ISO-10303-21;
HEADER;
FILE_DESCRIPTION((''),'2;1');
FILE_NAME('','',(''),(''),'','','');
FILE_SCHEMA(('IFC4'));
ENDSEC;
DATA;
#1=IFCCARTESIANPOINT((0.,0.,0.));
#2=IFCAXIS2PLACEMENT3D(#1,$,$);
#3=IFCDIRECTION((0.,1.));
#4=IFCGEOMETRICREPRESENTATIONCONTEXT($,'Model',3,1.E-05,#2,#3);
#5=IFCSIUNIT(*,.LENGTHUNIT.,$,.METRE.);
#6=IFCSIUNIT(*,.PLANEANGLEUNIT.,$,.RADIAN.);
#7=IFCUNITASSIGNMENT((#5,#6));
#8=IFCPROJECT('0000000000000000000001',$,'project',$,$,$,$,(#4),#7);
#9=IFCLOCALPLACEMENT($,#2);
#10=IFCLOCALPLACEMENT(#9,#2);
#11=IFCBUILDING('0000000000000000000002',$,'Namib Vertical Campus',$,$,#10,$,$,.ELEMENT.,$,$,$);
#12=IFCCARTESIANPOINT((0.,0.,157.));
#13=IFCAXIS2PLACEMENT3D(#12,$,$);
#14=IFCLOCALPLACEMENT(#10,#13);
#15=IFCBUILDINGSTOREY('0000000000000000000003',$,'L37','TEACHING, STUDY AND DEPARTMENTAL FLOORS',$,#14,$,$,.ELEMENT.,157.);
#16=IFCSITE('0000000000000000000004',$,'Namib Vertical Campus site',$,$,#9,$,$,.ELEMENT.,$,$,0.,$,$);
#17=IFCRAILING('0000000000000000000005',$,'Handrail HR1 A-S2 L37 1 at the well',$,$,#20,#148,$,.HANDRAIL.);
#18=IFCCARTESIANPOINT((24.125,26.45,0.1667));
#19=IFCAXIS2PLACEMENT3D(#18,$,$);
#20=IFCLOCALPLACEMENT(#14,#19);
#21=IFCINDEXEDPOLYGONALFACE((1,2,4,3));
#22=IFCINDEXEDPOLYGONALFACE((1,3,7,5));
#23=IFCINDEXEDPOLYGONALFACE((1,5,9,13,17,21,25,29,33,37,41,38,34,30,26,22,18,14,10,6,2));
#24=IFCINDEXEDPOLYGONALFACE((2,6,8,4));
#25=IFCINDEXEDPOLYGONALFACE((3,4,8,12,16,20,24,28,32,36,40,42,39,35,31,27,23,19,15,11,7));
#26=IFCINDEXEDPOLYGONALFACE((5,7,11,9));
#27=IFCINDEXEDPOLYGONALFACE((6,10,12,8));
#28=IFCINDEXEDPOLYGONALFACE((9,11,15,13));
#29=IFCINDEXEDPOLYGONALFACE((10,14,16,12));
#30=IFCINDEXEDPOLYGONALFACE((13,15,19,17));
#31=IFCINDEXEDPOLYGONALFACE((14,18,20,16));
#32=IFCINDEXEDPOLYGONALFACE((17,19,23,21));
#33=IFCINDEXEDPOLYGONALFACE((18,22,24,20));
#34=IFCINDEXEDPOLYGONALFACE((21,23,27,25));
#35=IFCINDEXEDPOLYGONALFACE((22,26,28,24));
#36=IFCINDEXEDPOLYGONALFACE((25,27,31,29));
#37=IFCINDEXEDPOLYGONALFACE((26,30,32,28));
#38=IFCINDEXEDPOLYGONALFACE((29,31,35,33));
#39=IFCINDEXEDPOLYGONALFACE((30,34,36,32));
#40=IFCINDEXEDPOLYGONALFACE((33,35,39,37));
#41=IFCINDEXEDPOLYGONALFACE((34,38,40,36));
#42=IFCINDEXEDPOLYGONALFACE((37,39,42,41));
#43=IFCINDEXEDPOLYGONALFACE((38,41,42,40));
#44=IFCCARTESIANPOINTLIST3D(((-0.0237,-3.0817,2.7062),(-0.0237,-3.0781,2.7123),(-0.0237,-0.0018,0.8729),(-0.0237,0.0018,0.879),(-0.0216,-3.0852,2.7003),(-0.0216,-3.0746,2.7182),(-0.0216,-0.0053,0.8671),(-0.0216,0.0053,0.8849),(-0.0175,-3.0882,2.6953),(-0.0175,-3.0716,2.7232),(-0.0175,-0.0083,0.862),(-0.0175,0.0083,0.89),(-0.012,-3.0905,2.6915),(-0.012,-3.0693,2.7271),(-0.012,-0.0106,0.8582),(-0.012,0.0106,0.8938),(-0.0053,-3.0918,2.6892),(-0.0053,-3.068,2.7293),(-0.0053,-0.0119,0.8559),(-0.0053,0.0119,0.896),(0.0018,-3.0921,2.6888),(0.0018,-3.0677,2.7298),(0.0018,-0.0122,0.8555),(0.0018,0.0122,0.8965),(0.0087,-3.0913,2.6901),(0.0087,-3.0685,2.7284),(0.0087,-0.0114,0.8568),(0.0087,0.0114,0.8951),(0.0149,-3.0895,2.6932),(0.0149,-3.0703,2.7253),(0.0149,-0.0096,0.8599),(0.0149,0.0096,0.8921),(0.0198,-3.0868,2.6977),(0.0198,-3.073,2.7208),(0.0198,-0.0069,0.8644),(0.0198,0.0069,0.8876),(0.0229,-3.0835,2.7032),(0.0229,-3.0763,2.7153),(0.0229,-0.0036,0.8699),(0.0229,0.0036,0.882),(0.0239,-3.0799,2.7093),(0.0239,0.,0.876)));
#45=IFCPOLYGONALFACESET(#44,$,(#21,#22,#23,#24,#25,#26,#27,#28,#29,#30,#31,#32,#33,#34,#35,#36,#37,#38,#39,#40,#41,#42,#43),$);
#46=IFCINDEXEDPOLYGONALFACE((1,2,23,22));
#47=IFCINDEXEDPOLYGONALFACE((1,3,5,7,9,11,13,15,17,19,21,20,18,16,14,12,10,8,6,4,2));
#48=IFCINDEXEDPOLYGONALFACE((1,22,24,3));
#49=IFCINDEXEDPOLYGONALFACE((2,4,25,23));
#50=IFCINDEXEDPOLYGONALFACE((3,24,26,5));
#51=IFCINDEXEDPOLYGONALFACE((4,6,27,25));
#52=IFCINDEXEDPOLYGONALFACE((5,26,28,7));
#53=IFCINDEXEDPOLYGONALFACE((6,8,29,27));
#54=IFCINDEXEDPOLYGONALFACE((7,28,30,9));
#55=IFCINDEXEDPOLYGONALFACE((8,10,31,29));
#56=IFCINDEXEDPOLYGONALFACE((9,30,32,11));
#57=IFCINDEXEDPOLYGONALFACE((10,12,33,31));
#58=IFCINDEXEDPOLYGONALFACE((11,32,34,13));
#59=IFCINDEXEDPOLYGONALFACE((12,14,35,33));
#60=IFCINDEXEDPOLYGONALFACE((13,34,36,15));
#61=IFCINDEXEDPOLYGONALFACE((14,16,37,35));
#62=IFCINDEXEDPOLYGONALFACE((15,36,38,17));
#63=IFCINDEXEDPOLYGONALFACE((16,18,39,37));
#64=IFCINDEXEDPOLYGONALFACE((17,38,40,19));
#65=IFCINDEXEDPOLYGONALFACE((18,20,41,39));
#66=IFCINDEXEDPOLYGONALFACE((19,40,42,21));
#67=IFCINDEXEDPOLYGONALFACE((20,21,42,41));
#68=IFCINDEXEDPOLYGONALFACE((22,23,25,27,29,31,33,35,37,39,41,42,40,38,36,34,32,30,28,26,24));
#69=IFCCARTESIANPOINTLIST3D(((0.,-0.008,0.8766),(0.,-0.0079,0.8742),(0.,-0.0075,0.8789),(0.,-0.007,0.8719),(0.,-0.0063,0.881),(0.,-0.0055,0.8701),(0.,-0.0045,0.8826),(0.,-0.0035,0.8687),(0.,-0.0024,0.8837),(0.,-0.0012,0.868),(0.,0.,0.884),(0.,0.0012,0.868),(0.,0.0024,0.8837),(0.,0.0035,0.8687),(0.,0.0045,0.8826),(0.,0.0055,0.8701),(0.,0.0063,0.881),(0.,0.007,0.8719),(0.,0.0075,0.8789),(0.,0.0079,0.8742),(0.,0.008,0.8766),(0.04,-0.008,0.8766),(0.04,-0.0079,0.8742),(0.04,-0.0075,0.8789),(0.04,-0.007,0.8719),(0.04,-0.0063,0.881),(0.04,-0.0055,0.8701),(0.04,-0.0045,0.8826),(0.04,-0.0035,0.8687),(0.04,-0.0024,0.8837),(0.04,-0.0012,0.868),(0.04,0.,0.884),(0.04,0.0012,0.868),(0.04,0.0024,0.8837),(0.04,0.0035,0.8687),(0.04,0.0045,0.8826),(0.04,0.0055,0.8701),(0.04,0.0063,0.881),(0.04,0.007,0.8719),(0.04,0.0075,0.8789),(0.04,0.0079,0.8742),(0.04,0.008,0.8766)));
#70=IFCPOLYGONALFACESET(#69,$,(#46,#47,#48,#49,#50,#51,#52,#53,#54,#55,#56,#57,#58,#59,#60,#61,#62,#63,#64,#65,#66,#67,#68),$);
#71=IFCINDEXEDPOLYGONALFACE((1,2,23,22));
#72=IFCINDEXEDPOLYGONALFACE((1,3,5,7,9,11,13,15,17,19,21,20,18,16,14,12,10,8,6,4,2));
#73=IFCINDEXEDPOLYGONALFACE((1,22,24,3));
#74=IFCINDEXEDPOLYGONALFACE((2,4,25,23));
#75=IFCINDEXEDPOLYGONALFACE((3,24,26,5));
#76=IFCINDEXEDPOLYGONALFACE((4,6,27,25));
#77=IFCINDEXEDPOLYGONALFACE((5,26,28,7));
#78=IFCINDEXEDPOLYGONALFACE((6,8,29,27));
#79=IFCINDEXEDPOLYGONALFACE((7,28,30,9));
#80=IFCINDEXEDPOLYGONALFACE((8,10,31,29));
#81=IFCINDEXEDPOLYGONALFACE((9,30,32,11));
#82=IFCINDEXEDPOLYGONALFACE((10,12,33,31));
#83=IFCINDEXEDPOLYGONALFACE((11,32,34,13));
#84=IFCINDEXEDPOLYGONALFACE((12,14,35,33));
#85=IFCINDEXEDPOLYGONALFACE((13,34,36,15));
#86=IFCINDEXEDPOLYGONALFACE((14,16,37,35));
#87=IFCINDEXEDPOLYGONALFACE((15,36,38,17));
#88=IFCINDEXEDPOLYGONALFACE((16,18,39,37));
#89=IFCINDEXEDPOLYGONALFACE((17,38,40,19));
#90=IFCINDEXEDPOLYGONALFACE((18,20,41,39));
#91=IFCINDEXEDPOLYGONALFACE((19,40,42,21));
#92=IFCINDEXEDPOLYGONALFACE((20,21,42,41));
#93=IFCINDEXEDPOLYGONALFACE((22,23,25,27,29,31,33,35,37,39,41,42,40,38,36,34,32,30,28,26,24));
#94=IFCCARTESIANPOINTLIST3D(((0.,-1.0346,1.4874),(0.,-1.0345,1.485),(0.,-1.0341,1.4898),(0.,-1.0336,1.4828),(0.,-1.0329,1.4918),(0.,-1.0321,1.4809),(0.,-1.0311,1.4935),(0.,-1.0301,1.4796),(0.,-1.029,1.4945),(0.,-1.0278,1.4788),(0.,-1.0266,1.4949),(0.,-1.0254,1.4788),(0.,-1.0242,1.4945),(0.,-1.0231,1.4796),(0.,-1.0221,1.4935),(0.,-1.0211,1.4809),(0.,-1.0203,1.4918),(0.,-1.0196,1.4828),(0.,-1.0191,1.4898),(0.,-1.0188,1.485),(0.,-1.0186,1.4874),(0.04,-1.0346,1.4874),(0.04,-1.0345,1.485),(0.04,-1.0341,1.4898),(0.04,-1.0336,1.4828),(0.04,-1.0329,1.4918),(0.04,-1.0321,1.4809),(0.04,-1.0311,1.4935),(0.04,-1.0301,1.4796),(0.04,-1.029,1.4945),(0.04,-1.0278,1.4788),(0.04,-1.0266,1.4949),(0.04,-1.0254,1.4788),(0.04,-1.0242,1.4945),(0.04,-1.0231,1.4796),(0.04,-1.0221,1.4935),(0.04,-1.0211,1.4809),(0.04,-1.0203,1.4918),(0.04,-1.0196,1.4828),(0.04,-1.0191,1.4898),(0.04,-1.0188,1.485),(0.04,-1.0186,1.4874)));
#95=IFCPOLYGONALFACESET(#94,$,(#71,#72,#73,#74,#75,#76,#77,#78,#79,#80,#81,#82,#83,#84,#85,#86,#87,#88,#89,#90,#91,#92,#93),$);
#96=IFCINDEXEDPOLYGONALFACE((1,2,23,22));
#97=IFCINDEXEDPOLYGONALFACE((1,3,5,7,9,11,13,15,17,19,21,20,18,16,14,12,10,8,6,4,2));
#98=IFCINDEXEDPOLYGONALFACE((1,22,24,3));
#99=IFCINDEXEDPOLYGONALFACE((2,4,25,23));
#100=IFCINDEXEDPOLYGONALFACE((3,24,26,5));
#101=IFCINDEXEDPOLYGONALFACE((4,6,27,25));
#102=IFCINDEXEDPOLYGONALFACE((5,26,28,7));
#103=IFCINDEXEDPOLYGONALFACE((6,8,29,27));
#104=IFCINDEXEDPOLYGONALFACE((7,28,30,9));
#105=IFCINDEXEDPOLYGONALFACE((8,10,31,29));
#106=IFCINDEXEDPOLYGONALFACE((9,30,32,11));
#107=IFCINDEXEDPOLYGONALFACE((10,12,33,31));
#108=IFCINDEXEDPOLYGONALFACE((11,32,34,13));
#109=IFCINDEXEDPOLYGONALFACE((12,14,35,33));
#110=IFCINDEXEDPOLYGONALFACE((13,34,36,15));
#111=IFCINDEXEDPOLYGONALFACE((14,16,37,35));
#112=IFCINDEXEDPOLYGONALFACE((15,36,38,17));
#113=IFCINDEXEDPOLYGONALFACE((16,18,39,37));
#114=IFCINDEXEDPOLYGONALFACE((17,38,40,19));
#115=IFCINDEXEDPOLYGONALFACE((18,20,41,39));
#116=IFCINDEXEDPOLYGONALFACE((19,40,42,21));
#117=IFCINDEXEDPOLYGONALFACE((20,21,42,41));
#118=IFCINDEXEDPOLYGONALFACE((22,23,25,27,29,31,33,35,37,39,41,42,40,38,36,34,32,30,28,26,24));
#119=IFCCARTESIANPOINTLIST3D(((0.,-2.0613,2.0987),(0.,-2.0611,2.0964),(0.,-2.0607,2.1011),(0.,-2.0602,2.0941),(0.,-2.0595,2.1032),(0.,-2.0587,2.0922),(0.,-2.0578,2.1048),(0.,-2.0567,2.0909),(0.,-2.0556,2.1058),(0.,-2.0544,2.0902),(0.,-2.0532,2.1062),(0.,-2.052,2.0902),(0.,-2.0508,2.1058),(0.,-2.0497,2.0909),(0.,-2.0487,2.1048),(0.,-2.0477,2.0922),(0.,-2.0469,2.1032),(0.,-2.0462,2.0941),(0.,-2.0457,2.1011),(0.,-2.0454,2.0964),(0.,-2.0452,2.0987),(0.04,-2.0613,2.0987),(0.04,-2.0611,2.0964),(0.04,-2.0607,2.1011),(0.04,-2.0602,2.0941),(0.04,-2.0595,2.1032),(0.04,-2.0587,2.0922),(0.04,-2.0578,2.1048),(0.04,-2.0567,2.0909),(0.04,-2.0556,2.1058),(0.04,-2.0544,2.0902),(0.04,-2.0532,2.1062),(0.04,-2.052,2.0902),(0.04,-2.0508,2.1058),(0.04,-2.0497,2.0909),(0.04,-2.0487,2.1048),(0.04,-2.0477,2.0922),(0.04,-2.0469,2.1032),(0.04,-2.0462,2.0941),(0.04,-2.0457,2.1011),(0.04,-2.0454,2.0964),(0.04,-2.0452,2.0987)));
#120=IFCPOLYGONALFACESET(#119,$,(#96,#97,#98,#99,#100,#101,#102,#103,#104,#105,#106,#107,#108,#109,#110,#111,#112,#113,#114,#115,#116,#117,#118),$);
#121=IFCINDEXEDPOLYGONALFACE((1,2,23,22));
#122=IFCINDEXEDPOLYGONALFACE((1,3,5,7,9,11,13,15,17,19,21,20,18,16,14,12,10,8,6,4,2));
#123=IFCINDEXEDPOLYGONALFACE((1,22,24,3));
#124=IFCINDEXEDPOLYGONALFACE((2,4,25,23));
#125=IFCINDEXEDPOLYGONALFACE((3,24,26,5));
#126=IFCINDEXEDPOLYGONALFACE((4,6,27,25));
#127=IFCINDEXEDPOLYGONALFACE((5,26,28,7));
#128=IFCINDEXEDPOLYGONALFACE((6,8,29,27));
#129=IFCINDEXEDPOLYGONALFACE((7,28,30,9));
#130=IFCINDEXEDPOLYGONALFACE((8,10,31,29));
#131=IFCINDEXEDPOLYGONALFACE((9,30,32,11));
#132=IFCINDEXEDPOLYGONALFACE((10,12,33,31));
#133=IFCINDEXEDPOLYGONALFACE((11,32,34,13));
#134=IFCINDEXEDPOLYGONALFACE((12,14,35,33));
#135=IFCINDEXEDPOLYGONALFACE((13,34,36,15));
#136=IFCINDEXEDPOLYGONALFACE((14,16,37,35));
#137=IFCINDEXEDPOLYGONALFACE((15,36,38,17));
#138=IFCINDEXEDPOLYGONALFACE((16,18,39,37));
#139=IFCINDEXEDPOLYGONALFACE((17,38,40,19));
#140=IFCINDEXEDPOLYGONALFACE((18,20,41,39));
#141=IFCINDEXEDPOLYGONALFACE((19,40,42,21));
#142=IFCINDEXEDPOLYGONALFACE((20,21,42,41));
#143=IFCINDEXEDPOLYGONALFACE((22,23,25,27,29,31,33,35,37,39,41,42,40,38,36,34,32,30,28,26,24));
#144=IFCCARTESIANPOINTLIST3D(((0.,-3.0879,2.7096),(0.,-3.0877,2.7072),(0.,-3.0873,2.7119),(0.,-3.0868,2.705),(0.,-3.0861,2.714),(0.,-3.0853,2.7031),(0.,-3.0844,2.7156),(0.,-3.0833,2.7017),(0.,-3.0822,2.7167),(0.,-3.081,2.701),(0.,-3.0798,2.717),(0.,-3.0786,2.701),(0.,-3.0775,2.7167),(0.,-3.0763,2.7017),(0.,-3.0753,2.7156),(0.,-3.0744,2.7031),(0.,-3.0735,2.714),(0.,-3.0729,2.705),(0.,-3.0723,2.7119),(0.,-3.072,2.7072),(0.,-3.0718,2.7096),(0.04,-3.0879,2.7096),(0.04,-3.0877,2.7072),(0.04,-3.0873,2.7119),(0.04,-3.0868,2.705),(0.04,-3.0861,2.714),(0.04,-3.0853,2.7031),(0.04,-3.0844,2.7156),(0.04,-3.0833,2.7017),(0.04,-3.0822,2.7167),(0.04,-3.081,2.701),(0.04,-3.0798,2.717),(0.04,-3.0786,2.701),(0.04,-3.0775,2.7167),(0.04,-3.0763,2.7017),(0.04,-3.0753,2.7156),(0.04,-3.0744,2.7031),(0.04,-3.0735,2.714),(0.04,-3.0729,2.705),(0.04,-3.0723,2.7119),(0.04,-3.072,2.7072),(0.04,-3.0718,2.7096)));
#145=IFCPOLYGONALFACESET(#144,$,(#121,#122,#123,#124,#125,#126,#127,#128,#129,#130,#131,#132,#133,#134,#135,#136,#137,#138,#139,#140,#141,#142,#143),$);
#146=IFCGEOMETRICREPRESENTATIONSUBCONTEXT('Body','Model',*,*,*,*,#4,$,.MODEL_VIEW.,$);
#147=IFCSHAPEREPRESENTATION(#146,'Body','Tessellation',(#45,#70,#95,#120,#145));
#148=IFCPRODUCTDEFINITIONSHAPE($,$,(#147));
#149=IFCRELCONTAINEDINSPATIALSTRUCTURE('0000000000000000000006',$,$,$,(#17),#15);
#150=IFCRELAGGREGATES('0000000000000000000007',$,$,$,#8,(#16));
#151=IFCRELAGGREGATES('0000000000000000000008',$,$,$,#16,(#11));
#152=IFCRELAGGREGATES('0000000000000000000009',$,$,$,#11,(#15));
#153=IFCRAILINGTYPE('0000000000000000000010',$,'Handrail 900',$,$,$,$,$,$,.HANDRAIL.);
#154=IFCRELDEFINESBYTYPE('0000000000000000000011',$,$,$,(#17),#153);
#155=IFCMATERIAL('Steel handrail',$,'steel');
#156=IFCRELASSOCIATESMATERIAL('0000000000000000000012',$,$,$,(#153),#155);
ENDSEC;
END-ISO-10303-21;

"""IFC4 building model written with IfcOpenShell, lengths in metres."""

from ifc_helpers import new_model, si_unit, direction, frame, origin, origin_2d, place, context, subcontext, project, spatial, circle, extrude, material, type_object, element, save


model = new_model("IFC4")

# Units and contexts
model_context = context("Model", 3, precision=1e-05, world=origin(), true_north=direction((0.0, 1.0)))
body_context = subcontext(model_context, "Body", "Model", "MODEL_VIEW")
ifc_project = project(units=[si_unit("LENGTHUNIT", "METRE"), si_unit("PLANEANGLEUNIT", "RADIAN")], contexts=[model_context])

# Site, building, storey
site_placement = place(None, origin())
site = spatial("IfcSite", under=ifc_project, at=site_placement, Name="Namib Vertical Campus site", CompositionType="ELEMENT", RefElevation=0.0)
building_placement = place(site_placement, origin())
building = spatial("IfcBuilding", under=site, at=building_placement, Name="Namib Vertical Campus", CompositionType="ELEMENT")
storey_placement = place(building_placement, frame((0.0, 0.0, 157.0)))
storey = spatial("IfcBuildingStorey", under=building, at=storey_placement, Name="L37", Description="TEACHING, STUDY AND DEPARTMENTAL FLOORS", CompositionType="ELEMENT", Elevation=157.0)

# Railing
ifc_material_1 = material(Name="Steel handrail", Category="steel")
railing_type_1 = type_object("IfcRailingType", Name="Handrail 900", PredefinedType="HANDRAIL", material=ifc_material_1)
railing_1_placement = place(storey_placement, frame((24.125, 26.45, 0.1667)))
element("IfcRailing", 1, at=railing_1_placement, inside=storey, type_object=railing_type_1, Name="Handrail HR1 A-S2 L37 1 at the well", PredefinedType="HANDRAIL", context=body_context, shape_type="SweptSolid", body=[
    extrude(circle(Radius=0.0239, at=origin_2d()), frame((0.0, 0.0, 0.876), z_axis=(0.0, -0.859291, 0.511487), x_axis=(1.0, 0.0, 0.0)), (0.0, 0.0, 1.0), 3.5842),
    extrude(circle(Radius=0.0081, at=origin_2d()), frame((0.0, 0.0, 0.876), z_axis=(1.0, 0.0, 0.0), x_axis=(0.0, 0.0, 1.0)), (0.0, 0.0, 1.0), 0.04),
    extrude(circle(Radius=0.0081, at=origin_2d()), frame((0.0, -1.0266, 1.4868), z_axis=(1.0, 0.0, 0.0), x_axis=(0.0, 0.0, 1.0)), (0.0, 0.0, 1.0), 0.04),
    extrude(circle(Radius=0.0081, at=origin_2d()), frame((0.0, -2.0532, 2.0981), z_axis=(1.0, 0.0, 0.0), x_axis=(0.0, 0.0, 1.0)), (0.0, 0.0, 1.0), 0.04),
    extrude(circle(Radius=0.0081, at=origin_2d()), frame((0.0, -3.0798, 2.709), z_axis=(1.0, 0.0, 0.0), x_axis=(0.0, 0.0, 1.0)), (0.0, 0.0, 1.0), 0.04),
])

save(model, "model.ifc")
